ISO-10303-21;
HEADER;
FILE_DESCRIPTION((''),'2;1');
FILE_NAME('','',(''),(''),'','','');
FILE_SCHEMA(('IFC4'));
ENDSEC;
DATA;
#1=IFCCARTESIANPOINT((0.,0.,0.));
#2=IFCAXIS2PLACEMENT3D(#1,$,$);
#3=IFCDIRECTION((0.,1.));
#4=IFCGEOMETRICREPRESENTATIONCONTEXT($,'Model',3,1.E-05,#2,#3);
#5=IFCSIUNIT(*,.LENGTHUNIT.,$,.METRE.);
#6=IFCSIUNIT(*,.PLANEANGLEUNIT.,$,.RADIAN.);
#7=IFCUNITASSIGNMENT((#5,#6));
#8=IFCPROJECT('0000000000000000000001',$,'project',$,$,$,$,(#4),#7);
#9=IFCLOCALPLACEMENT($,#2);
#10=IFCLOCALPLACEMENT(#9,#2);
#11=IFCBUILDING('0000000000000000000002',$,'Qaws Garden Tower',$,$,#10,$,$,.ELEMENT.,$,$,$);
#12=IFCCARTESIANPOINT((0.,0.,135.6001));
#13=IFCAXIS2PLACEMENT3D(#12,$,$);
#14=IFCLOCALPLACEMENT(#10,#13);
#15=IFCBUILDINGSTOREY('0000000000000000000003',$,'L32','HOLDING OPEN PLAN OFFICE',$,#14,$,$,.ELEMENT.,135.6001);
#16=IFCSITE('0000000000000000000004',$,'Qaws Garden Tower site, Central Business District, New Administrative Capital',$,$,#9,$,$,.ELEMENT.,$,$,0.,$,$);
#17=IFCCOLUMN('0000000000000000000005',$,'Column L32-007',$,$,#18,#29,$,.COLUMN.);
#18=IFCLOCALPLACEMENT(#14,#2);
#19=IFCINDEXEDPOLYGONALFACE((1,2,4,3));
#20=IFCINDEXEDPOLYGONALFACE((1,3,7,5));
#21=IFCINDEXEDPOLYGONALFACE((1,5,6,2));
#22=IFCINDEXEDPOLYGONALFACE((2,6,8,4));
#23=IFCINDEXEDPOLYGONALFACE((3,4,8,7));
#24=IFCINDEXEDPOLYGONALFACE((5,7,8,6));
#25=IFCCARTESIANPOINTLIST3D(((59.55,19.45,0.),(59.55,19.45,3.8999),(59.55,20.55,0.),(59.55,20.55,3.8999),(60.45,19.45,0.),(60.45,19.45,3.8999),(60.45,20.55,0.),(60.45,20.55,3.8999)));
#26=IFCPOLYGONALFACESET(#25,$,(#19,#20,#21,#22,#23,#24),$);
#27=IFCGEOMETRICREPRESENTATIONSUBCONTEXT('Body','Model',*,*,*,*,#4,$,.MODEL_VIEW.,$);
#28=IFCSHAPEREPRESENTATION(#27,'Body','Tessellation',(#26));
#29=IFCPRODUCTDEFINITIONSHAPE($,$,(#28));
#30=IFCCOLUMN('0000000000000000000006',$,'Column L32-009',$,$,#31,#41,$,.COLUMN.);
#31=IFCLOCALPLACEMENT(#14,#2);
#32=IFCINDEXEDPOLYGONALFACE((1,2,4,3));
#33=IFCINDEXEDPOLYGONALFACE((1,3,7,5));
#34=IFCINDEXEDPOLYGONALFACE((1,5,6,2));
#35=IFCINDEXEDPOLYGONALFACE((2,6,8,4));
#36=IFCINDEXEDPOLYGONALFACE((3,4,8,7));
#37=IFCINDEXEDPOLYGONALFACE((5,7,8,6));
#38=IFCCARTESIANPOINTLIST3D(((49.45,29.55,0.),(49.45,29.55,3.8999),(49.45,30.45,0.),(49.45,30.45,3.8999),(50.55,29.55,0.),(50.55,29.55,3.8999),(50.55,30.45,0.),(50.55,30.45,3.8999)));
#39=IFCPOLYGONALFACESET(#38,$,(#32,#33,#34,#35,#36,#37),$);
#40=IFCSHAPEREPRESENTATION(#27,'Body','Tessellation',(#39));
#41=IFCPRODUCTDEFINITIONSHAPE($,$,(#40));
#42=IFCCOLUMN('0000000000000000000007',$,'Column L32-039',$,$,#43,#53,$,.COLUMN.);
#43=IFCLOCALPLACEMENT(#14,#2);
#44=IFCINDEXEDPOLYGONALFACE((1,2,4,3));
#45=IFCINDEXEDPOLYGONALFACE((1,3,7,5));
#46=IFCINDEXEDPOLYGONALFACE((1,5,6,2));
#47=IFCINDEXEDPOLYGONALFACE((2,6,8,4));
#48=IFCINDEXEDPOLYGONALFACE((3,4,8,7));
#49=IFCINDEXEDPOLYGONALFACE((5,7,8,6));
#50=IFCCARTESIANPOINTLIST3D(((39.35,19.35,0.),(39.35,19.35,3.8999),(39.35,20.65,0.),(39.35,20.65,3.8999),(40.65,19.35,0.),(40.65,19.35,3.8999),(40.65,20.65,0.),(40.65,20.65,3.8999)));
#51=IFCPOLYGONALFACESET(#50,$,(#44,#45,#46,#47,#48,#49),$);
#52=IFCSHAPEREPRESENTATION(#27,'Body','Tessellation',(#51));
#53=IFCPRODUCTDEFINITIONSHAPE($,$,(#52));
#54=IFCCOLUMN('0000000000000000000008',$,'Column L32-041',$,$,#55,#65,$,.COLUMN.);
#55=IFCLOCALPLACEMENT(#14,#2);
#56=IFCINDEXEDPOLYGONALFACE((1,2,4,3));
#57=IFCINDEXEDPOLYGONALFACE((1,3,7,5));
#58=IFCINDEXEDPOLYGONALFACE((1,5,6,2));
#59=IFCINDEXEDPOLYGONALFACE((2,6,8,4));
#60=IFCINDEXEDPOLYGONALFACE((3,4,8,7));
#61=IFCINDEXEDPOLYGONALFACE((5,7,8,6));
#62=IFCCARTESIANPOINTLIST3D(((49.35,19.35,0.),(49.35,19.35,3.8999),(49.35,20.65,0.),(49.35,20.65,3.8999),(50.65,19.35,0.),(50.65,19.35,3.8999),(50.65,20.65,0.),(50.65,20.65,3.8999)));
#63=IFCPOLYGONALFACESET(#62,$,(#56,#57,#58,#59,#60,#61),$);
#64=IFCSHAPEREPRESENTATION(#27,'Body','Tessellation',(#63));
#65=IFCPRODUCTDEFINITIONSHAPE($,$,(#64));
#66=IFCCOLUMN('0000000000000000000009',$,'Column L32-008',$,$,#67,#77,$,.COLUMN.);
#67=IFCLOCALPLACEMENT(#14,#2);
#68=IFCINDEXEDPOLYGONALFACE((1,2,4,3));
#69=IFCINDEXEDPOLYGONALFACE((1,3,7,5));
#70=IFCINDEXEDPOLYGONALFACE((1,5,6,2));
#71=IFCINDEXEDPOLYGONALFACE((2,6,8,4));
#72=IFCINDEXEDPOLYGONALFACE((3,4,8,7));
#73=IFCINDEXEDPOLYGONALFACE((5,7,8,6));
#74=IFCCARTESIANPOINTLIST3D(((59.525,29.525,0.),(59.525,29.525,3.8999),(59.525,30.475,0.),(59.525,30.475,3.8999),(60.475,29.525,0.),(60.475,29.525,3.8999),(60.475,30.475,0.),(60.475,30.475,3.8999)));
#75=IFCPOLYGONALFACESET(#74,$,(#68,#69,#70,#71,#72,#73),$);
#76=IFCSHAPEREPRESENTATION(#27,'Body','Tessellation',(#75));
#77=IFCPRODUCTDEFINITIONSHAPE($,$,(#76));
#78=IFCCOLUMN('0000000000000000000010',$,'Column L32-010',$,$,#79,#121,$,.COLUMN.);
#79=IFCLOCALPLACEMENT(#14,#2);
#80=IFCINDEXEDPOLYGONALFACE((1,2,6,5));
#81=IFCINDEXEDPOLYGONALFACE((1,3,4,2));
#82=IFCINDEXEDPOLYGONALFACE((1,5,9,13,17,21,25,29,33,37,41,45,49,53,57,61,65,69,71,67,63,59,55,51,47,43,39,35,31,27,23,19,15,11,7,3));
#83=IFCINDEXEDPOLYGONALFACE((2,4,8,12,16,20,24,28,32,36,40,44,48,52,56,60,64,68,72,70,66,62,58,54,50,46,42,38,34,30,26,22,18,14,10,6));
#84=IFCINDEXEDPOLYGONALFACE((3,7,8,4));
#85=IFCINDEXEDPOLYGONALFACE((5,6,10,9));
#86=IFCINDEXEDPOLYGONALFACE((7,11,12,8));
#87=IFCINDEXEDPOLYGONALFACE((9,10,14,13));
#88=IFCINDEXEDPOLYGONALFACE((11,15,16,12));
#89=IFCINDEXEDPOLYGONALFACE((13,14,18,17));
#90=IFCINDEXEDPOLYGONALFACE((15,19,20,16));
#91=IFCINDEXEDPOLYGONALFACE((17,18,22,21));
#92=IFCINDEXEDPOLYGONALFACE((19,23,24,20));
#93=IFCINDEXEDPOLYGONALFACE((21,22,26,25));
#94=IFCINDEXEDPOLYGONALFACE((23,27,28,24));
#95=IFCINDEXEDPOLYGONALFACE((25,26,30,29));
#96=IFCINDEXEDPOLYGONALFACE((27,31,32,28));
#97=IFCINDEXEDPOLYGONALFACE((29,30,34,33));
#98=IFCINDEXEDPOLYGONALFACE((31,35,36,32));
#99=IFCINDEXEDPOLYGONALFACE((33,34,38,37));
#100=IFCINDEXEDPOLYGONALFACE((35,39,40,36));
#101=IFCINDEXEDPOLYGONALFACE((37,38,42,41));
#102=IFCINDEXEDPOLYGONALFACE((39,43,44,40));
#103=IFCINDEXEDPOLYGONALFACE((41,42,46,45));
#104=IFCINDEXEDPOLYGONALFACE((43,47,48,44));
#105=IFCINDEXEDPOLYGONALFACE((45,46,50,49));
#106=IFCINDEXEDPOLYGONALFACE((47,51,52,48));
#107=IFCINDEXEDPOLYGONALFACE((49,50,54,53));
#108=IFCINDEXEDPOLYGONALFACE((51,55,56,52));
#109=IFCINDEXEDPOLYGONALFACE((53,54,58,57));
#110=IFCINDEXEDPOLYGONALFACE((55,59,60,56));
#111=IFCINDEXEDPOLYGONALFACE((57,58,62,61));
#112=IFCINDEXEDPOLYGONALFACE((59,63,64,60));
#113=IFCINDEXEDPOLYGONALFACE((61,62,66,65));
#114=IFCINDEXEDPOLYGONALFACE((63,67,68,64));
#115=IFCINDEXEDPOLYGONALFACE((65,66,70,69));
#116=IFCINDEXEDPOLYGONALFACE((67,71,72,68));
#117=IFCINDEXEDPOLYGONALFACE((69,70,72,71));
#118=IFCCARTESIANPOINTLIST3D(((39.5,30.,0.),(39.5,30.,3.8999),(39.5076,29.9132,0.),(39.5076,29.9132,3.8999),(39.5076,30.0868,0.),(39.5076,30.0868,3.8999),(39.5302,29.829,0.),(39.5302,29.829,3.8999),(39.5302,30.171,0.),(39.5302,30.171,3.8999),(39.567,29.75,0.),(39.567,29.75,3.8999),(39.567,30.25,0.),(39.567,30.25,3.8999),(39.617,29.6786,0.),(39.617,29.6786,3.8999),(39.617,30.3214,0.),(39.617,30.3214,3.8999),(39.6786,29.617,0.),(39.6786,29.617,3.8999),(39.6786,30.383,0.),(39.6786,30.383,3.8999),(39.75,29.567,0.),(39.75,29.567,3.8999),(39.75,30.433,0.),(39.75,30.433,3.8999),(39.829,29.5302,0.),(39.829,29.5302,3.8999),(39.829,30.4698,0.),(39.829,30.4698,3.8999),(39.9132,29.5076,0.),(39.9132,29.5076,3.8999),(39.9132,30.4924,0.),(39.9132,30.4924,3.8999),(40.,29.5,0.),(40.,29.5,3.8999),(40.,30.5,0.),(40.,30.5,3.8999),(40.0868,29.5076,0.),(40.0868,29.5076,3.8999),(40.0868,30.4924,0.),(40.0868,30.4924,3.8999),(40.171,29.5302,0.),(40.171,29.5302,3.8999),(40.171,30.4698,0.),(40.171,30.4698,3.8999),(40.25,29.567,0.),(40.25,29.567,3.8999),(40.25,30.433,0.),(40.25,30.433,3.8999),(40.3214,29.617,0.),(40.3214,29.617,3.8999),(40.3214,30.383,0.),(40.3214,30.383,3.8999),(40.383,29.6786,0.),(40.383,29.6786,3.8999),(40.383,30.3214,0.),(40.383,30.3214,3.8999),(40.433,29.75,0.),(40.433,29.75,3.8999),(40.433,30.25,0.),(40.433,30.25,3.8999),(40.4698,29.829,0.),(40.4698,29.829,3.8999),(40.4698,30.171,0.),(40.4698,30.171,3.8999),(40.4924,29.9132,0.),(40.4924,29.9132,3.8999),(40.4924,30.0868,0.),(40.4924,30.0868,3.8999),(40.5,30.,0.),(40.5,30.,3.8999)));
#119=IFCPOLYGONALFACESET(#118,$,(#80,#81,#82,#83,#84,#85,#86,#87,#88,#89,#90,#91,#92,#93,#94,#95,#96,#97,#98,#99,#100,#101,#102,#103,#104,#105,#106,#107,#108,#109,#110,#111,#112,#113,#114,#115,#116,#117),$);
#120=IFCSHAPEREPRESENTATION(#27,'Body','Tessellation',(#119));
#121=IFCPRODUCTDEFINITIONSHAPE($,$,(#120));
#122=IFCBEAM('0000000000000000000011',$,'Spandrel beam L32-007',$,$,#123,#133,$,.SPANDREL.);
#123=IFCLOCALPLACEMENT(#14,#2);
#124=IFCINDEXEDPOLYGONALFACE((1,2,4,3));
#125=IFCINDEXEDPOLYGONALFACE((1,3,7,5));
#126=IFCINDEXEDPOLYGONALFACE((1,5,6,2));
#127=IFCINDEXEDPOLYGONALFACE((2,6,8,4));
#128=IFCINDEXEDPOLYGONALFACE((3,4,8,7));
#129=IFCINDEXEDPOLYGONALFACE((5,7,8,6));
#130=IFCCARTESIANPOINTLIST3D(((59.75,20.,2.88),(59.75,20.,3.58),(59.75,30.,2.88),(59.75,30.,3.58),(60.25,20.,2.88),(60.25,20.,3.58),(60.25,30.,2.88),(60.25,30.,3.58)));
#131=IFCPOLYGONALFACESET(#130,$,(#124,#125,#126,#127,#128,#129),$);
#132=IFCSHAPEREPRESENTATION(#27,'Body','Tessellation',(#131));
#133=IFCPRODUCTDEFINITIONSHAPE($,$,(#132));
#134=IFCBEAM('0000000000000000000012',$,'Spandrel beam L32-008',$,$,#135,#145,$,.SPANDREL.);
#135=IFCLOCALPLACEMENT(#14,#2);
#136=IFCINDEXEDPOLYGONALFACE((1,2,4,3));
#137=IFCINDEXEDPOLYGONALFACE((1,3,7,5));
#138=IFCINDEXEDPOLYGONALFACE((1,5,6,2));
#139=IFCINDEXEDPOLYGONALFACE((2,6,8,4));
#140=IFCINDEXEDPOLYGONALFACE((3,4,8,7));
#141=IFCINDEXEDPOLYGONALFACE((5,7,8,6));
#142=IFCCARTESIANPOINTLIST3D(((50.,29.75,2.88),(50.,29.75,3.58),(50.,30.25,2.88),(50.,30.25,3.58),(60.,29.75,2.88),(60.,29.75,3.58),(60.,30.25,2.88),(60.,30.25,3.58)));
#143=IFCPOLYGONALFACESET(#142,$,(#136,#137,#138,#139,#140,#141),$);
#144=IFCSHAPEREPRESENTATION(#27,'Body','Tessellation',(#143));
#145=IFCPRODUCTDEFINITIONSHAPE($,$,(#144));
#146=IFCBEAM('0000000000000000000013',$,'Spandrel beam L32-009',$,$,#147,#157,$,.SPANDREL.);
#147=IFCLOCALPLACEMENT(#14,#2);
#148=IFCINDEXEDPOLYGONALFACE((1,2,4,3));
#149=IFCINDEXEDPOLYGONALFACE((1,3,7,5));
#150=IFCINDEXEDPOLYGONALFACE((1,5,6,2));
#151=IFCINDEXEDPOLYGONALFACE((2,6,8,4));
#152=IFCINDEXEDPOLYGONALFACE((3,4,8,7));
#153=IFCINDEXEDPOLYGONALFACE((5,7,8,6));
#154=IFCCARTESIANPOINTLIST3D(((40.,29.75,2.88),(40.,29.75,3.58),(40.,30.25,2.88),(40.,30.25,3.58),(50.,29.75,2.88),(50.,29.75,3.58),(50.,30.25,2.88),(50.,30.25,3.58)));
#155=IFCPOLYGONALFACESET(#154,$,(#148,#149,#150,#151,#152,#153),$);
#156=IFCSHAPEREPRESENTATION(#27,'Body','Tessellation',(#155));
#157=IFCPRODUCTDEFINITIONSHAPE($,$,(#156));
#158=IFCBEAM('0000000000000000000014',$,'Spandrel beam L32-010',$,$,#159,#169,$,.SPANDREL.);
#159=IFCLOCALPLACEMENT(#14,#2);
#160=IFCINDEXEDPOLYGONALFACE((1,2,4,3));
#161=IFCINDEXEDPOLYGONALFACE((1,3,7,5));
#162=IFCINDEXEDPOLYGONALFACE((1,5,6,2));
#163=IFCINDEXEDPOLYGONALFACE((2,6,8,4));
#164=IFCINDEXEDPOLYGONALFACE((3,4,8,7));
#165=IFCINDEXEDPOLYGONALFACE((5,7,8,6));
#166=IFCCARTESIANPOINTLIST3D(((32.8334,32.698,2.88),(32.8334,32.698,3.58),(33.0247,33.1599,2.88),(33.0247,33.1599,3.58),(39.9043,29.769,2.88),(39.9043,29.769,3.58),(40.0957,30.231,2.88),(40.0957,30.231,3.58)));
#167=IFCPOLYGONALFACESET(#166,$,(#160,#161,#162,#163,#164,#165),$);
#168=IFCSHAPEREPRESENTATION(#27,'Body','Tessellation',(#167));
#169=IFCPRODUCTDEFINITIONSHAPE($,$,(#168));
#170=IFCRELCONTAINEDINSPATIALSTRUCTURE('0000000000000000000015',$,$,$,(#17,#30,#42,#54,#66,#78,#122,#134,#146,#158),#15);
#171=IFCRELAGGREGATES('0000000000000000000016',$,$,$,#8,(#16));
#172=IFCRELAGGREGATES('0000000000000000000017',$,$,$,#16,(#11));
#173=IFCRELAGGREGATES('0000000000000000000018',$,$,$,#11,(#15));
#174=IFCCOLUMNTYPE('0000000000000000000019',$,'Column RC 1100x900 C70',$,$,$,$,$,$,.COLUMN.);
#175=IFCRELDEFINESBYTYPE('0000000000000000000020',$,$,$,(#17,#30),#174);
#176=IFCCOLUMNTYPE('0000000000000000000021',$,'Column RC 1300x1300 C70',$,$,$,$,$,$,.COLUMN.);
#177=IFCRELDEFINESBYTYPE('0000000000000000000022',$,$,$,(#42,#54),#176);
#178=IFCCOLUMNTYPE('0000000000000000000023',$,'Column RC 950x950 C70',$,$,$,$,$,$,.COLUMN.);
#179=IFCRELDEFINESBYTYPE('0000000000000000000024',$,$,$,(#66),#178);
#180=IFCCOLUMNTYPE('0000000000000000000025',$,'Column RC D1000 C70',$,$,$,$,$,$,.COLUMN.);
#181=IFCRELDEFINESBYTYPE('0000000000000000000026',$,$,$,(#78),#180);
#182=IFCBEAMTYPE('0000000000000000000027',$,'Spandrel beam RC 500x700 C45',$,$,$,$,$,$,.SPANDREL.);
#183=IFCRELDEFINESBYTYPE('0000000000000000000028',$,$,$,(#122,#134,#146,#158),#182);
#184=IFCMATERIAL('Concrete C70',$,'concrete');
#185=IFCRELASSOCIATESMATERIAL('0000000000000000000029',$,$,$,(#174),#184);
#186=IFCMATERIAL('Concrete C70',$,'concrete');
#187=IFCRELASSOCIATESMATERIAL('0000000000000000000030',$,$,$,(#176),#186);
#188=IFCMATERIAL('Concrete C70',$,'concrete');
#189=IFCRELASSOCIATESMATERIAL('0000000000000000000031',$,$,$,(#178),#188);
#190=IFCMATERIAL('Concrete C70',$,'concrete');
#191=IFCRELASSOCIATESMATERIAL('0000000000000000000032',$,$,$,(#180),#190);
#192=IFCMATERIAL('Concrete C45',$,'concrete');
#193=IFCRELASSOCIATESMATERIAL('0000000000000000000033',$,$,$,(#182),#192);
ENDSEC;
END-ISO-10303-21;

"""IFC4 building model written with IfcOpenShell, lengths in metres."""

from ifc_helpers import new_model, si_unit, direction, frame, origin, origin_2d, place, context, subcontext, project, spatial, rectangle, circle, extrude, material, material_profile, profile_set, type_object, element, save


model = new_model("IFC4")

# Units and contexts
model_context = context("Model", 3, precision=1e-05, world=origin(), true_north=direction((0.0, 1.0)))
body_context = subcontext(model_context, "Body", "Model", "MODEL_VIEW")
ifc_project = project(units=[si_unit("LENGTHUNIT", "METRE"), si_unit("PLANEANGLEUNIT", "RADIAN")], contexts=[model_context])

# Site, building, storey
site_placement = place(None, origin())
site = spatial("IfcSite", under=ifc_project, at=site_placement, Name="Qaws Garden Tower site, Central Business District, New Administrative Capital", CompositionType="ELEMENT", RefElevation=0.0)
building_placement = place(site_placement, origin())
building = spatial("IfcBuilding", under=site, at=building_placement, Name="Qaws Garden Tower", CompositionType="ELEMENT")
storey_placement = place(building_placement, frame((0.0, 0.0, 135.6001)))
storey = spatial("IfcBuildingStorey", under=building, at=storey_placement, Name="L32", Description="HOLDING OPEN PLAN OFFICE", CompositionType="ELEMENT", Elevation=135.6001)

# Columns
ifc_material_1 = material(Name="Concrete C70", Category="concrete")
ifc_material_profile_1 = material_profile(ifc_material_1, rectangle(XDim=1.1001, YDim=0.8999, at=origin_2d()), Name="RC 1100x900")
ifc_profile_set_1 = profile_set([ifc_material_profile_1], Name="Concrete C70")
column_type_1 = type_object("IfcColumnType", Name="Column RC 1100x900 C70", PredefinedType="COLUMN", material=ifc_profile_set_1)
for number, where, z_axis, x_axis, name in (
    (1, (60.0, 20.0, 0.0), (0.0, 0.0, 1.0), (0.0, 1.0, 0.0), "Column L32-007"),
    (2, (50.0, 30.0, 0.0), (0.0, 0.0, 1.0), (1.0, 0.0, 0.0), "Column L32-009"),
):
    element("IfcColumn", number, at=place(storey_placement, frame(where, z_axis=z_axis, x_axis=x_axis)), inside=storey, type_object=column_type_1, Name=name, PredefinedType="COLUMN", context=body_context, shape_type="SweptSolid", body=[
        extrude(rectangle(XDim=1.1001, YDim=0.8999, at=origin_2d()), origin(), (0.0, 0.0, 1.0), 3.8999),
    ])
ifc_material_2 = material(Name="Concrete C70", Category="concrete")
ifc_material_profile_2 = material_profile(ifc_material_2, rectangle(XDim=1.3, YDim=1.3, at=origin_2d()), Name="RC 1300x1300")
ifc_profile_set_2 = profile_set([ifc_material_profile_2], Name="Concrete C70")
column_type_2 = type_object("IfcColumnType", Name="Column RC 1300x1300 C70", PredefinedType="COLUMN", material=ifc_profile_set_2)
for number, where, z_axis, x_axis, name in (
    (3, (40.0, 20.0, 0.0), (0.0, 0.0, 1.0), (1.0, 0.0, 0.0), "Column L32-039"),
    (4, (50.0, 20.0, 0.0), (0.0, 0.0, 1.0), (1.0, 0.0, 0.0), "Column L32-041"),
):
    element("IfcColumn", number, at=place(storey_placement, frame(where, z_axis=z_axis, x_axis=x_axis)), inside=storey, type_object=column_type_2, Name=name, PredefinedType="COLUMN", context=body_context, shape_type="SweptSolid", body=[
        extrude(rectangle(XDim=1.3, YDim=1.3, at=origin_2d()), origin(), (0.0, 0.0, 1.0), 3.8999),
    ])
ifc_material_3 = material(Name="Concrete C70", Category="concrete")
ifc_material_profile_3 = material_profile(ifc_material_3, rectangle(XDim=0.95, YDim=0.95, at=origin_2d()), Name="RC 950x950")
ifc_profile_set_3 = profile_set([ifc_material_profile_3], Name="Concrete C70")
column_type_3 = type_object("IfcColumnType", Name="Column RC 950x950 C70", PredefinedType="COLUMN", material=ifc_profile_set_3)
column_1_placement = place(storey_placement, frame((60.0, 30.0, 0.0), z_axis=(0.0, 0.0, 1.0), x_axis=(1.0, 0.0, 0.0)))
element("IfcColumn", 5, at=column_1_placement, inside=storey, type_object=column_type_3, Name="Column L32-008", PredefinedType="COLUMN", context=body_context, shape_type="SweptSolid", body=[
    extrude(rectangle(XDim=0.95, YDim=0.95, at=origin_2d()), origin(), (0.0, 0.0, 1.0), 3.8999),
])
ifc_material_4 = material(Name="Concrete C70", Category="concrete")
ifc_material_profile_4 = material_profile(ifc_material_4, circle(Radius=0.5, at=origin_2d()), Name="RC D1000")
ifc_profile_set_4 = profile_set([ifc_material_profile_4], Name="Concrete C70")
column_type_4 = type_object("IfcColumnType", Name="Column RC D1000 C70", PredefinedType="COLUMN", material=ifc_profile_set_4)
column_2_placement = place(storey_placement, frame((40.0, 30.0, 0.0), z_axis=(0.0, 0.0, 1.0), x_axis=(1.0, 0.0, 0.0)))
element("IfcColumn", 6, at=column_2_placement, inside=storey, type_object=column_type_4, Name="Column L32-010", PredefinedType="COLUMN", context=body_context, shape_type="SweptSolid", body=[
    extrude(circle(Radius=0.5, at=origin_2d()), origin(), (0.0, 0.0, 1.0), 3.8999),
])

# Beams
ifc_material_5 = material(Name="Concrete C45", Category="concrete")
ifc_material_profile_5 = material_profile(ifc_material_5, rectangle(XDim=0.5, YDim=0.7, at=origin_2d()), Name="RC 500x700")
ifc_profile_set_5 = profile_set([ifc_material_profile_5], Name="Concrete C45")
beam_type = type_object("IfcBeamType", Name="Spandrel beam RC 500x700 C45", PredefinedType="SPANDREL", material=ifc_profile_set_5)
for number, where, z_axis, x_axis, name in (
    (7, (60.0, 20.0, 3.23), (0.0, 1.0, 0.0), (-1.0, 0.0, 0.0), "Spandrel beam L32-007"),
    (8, (60.0, 30.0, 3.23), (-1.0, 0.0, 0.0), (0.0, -1.0, 0.0), "Spandrel beam L32-008"),
    (9, (50.0, 30.0, 3.23), (-1.0, 0.0, 0.0), (0.0, -1.0, 0.0), "Spandrel beam L32-009"),
):
    element("IfcBeam", number, at=place(storey_placement, frame(where, z_axis=z_axis, x_axis=x_axis)), inside=storey, type_object=beam_type, Name=name, PredefinedType="SPANDREL", context=body_context, shape_type="SweptSolid", body=[
        extrude(rectangle(XDim=0.5, YDim=0.7, at=origin_2d()), origin(), (0.0, 0.0, 1.0), 10.0),
    ])
beam_placement = place(storey_placement, frame((40.0, 30.0, 3.23), z_axis=(-0.923878, 0.382687, 0.0), x_axis=(-0.382687, -0.923878, 0.0)))
element("IfcBeam", 10, at=beam_placement, inside=storey, type_object=beam_type, Name="Spandrel beam L32-010", PredefinedType="SPANDREL", context=body_context, shape_type="SweptSolid", body=[
    extrude(rectangle(XDim=0.5, YDim=0.7, at=origin_2d()), origin(), (0.0, 0.0, 1.0), 7.6536),
])

save(model, "model.ifc")
